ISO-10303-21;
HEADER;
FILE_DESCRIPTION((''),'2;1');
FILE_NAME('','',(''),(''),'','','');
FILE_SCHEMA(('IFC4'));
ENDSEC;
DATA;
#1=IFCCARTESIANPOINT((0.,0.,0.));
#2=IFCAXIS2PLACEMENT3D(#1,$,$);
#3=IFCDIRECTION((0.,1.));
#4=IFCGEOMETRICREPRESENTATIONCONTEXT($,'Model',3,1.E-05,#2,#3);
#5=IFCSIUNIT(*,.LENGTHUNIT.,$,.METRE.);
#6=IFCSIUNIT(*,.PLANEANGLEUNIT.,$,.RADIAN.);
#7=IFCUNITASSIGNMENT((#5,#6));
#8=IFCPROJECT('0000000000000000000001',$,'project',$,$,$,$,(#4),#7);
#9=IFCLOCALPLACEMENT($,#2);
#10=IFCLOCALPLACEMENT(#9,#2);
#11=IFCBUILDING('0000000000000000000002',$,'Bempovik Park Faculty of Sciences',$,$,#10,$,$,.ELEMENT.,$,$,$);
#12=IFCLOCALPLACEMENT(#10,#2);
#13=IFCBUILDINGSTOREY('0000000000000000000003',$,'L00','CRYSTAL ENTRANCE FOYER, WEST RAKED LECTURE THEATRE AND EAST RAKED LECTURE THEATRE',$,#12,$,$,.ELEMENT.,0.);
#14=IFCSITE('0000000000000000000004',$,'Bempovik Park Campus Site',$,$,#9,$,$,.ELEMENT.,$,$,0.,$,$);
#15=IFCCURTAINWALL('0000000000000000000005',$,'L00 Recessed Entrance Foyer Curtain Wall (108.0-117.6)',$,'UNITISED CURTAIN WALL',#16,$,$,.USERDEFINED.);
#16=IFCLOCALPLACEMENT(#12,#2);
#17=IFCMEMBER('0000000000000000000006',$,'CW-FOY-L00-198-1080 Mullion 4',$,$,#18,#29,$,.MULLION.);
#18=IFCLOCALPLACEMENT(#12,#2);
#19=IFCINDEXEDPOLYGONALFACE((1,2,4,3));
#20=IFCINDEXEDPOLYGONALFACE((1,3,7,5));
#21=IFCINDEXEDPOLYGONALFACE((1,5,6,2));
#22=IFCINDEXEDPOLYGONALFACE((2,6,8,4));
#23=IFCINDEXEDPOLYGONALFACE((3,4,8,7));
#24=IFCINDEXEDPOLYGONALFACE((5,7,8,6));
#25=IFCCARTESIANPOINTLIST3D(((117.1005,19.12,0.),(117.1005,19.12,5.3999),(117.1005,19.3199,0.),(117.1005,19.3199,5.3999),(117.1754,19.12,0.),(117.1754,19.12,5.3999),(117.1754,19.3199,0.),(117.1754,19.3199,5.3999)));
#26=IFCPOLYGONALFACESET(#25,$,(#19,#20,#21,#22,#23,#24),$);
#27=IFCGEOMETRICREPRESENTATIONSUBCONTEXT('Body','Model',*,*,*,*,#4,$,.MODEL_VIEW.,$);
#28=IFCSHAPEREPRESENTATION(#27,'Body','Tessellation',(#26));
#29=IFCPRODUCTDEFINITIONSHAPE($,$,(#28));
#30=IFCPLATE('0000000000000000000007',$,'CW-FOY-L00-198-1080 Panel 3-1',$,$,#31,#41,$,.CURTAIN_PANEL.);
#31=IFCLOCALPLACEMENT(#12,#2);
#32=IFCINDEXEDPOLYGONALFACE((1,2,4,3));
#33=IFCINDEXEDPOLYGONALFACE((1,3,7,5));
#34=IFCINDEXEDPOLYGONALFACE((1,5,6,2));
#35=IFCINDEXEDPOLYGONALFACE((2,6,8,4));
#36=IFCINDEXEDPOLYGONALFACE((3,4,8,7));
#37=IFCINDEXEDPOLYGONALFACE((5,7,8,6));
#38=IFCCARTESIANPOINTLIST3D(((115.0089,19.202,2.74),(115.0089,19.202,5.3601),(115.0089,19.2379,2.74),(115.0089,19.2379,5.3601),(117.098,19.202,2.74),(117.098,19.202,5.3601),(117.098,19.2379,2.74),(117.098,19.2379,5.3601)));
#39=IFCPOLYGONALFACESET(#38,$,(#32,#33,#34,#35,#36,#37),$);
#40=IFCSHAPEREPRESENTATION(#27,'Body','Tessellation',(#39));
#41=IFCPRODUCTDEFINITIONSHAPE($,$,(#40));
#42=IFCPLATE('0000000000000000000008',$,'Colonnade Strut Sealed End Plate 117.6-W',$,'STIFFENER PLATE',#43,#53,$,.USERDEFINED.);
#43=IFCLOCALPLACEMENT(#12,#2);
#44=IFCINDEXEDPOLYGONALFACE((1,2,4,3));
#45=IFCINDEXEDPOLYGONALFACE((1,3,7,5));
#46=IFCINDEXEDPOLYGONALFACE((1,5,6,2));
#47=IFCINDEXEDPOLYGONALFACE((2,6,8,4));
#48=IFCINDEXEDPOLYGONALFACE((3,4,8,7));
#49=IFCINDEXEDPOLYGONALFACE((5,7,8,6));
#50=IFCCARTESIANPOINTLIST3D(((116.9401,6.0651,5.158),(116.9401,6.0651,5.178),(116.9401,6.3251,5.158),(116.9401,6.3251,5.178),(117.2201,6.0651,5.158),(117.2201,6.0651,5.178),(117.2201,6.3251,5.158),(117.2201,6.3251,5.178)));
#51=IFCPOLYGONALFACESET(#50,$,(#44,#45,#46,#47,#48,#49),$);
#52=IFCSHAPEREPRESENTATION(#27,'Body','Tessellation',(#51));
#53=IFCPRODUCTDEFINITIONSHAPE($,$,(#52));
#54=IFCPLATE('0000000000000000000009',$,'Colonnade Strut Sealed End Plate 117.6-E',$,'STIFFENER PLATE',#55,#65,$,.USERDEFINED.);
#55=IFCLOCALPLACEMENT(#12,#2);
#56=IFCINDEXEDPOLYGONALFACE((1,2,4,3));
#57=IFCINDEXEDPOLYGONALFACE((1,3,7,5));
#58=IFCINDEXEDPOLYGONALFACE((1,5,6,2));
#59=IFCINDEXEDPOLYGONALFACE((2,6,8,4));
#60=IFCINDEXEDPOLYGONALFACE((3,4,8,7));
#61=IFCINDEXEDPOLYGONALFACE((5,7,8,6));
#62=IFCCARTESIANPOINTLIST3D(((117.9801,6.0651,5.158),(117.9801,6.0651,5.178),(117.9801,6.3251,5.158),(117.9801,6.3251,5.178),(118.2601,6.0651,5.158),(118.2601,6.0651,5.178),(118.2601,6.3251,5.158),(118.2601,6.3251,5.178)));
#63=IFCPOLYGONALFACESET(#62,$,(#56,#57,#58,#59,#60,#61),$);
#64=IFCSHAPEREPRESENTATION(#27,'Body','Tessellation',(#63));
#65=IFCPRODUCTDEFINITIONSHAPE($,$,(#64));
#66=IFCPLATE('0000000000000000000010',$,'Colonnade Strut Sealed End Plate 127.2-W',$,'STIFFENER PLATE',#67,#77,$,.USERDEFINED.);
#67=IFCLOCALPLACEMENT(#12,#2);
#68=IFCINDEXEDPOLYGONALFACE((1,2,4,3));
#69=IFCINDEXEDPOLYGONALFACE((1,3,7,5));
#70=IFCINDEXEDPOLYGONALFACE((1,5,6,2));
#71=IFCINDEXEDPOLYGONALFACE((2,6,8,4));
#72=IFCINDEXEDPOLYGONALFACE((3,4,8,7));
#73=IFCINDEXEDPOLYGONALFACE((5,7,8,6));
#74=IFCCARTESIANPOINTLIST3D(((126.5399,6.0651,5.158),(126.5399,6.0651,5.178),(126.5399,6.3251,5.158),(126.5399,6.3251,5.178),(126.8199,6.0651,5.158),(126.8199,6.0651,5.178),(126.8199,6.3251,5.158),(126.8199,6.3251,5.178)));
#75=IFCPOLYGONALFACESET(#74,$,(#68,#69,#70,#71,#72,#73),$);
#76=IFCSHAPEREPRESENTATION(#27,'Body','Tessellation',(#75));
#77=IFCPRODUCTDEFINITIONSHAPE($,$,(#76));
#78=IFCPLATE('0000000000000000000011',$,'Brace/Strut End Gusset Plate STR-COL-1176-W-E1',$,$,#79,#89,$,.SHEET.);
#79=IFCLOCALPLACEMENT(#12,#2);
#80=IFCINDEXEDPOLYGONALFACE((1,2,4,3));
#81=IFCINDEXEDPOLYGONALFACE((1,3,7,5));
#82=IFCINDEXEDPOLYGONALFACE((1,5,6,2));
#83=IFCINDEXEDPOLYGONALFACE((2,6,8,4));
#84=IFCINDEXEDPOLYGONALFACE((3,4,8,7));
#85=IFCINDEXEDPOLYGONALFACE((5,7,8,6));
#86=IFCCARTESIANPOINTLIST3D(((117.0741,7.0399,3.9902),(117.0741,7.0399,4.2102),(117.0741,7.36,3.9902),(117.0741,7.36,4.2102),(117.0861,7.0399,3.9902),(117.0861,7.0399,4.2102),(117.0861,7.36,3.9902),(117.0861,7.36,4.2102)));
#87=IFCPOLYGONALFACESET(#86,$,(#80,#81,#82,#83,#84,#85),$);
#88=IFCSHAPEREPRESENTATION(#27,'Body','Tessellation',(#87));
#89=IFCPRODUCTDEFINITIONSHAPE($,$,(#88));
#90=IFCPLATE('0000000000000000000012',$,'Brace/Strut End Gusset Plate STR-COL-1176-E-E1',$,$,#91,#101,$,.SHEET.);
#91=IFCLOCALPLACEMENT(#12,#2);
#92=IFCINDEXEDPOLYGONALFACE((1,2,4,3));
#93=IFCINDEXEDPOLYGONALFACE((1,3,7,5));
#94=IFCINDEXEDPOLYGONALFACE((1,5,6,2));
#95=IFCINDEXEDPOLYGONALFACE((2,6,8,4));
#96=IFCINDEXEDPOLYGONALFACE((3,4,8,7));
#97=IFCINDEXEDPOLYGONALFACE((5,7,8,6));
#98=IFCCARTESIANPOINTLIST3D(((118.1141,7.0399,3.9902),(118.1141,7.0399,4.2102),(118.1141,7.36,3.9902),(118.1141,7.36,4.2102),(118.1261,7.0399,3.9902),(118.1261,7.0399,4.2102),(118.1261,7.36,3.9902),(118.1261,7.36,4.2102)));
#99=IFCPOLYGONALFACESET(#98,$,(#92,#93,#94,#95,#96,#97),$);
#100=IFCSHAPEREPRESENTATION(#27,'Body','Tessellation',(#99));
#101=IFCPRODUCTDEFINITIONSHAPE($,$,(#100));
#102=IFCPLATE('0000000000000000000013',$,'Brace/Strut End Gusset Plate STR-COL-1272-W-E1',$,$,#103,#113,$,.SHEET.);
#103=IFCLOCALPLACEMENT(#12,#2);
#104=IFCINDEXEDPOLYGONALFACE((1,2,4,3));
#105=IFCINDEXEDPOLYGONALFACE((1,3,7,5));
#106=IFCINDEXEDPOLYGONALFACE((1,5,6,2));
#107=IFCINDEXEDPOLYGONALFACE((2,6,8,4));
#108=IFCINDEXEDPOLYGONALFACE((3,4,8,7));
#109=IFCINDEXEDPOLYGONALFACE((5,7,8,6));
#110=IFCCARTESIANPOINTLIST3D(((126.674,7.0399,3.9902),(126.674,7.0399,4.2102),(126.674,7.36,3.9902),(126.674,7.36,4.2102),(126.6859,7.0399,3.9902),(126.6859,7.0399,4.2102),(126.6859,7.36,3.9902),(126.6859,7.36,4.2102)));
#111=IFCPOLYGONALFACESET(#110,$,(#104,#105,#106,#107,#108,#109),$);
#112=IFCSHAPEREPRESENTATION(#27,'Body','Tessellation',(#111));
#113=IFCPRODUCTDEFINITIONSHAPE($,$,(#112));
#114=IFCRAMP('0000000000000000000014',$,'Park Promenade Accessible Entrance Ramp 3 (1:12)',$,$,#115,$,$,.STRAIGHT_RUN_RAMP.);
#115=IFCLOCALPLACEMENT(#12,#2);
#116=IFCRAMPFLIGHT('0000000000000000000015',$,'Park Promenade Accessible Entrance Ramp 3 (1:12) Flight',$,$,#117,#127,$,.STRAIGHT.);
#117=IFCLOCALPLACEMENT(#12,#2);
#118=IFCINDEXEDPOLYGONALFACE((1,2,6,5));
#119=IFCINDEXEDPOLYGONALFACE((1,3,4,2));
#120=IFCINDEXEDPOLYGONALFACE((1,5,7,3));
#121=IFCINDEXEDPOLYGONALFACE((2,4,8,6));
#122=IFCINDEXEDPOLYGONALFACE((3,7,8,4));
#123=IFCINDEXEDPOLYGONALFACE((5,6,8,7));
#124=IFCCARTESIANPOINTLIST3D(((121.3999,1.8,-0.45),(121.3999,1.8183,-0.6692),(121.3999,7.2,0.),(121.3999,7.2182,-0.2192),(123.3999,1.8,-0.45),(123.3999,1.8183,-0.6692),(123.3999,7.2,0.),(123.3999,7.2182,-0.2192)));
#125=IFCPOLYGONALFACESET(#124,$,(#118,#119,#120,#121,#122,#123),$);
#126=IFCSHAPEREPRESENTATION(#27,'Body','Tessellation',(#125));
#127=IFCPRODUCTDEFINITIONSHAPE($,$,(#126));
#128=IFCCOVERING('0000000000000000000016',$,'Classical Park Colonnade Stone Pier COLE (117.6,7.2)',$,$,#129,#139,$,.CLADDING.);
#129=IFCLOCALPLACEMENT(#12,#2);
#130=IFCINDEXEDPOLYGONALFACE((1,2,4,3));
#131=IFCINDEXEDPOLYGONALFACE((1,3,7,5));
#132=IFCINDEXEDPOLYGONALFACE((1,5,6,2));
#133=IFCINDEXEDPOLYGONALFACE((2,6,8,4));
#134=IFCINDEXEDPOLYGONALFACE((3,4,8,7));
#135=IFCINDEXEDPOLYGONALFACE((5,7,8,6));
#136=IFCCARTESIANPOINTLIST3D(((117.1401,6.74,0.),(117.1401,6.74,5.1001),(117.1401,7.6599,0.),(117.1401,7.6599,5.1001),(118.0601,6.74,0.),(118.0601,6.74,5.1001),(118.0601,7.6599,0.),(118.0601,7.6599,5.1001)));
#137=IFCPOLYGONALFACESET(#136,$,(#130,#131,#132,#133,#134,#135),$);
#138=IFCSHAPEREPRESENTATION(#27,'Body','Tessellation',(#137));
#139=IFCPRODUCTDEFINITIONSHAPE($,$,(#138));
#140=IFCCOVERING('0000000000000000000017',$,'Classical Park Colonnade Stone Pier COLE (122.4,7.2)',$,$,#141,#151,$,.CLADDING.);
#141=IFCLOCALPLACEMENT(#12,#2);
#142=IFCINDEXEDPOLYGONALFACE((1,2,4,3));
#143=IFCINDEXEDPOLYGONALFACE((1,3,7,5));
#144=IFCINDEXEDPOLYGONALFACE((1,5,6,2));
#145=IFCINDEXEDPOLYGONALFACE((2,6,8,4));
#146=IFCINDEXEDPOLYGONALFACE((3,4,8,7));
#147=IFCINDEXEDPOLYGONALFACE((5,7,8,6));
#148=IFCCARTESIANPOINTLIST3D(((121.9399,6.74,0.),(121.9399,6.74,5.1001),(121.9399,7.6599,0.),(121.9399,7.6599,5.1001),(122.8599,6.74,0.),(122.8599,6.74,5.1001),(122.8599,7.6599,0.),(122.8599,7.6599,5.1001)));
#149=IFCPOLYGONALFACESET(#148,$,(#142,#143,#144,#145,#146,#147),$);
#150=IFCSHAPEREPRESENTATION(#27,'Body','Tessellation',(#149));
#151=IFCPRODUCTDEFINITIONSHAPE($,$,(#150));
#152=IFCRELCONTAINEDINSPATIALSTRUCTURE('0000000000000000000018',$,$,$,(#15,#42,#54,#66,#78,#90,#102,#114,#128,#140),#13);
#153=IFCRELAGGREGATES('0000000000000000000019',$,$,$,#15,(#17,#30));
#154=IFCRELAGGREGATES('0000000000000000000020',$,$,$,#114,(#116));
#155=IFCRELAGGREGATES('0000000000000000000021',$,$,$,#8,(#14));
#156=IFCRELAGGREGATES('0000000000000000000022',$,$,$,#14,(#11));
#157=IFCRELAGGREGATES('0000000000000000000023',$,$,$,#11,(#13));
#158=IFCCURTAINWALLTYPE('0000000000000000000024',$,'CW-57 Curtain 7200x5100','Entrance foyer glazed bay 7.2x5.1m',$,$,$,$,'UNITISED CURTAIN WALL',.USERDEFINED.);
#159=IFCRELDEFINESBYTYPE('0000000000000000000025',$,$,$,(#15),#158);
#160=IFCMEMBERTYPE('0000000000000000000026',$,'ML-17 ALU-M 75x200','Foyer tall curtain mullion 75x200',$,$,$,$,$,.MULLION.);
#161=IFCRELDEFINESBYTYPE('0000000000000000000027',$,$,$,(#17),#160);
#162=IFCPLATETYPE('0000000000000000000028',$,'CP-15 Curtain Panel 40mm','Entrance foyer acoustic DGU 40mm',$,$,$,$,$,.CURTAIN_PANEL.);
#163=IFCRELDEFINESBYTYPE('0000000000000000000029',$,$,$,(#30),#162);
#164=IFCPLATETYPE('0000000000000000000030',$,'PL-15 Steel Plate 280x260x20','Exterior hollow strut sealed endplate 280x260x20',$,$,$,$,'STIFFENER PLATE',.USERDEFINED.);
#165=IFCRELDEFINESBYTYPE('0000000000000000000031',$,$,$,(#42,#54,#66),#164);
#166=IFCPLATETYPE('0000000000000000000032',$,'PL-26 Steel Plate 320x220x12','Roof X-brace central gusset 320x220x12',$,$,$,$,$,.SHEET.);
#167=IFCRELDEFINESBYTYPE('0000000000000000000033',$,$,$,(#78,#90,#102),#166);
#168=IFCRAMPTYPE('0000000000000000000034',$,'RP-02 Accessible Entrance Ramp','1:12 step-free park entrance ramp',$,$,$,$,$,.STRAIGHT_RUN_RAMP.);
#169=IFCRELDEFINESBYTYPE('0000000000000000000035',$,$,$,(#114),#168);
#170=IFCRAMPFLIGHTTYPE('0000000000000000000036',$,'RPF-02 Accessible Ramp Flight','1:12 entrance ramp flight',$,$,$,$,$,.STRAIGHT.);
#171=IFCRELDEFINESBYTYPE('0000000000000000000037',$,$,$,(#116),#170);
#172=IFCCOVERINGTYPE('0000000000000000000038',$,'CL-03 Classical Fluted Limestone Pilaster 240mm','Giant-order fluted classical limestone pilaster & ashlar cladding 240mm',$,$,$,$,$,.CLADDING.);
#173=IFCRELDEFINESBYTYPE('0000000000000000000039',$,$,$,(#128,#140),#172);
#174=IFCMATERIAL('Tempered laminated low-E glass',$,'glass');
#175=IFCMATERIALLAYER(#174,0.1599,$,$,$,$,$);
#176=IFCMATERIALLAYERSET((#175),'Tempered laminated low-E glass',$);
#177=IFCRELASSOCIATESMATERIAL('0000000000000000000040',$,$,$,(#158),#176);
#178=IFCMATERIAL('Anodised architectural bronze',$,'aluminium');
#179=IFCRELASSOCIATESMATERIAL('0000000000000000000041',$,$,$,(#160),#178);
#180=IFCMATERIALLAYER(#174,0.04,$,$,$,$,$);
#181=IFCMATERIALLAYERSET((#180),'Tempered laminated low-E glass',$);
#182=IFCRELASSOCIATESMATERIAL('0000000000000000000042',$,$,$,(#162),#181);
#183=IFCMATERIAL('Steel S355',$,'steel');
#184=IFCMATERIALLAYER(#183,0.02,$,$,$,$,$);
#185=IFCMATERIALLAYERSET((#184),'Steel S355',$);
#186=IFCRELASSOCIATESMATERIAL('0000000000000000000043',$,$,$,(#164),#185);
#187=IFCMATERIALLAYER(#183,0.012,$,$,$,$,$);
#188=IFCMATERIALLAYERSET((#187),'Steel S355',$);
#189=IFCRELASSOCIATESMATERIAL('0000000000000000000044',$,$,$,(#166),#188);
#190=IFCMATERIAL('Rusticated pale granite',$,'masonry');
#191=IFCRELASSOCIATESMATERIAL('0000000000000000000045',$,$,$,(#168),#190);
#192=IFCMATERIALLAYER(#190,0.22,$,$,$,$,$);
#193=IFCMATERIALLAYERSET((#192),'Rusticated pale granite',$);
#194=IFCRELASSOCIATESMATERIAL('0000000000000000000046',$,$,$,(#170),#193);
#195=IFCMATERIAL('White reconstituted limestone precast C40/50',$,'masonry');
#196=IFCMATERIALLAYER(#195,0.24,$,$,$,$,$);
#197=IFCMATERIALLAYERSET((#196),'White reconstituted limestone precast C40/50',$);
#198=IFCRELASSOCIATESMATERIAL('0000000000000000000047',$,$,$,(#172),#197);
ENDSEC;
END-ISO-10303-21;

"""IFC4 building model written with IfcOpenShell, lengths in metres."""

from ifc_helpers import new_model, si_unit, direction, frame, origin, origin_2d, place, context, subcontext, project, spatial, polyline, rectangle, outline, extrude, material, layer, layer_set, material_profile, profile_set, type_object, element, aggregate, save


model = new_model("IFC4")

# Units and contexts
model_context = context("Model", 3, precision=1e-05, world=origin(), true_north=direction((0.0, 1.0)))
body_context = subcontext(model_context, "Body", "Model", "MODEL_VIEW")
ifc_project = project(units=[si_unit("LENGTHUNIT", "METRE"), si_unit("PLANEANGLEUNIT", "RADIAN")], contexts=[model_context])

# Site, building, storey
site_placement = place(None, origin())
site = spatial("IfcSite", under=ifc_project, at=site_placement, Name="Bempovik Park Campus Site", CompositionType="ELEMENT", RefElevation=0.0)
building_placement = place(site_placement, origin())
building = spatial("IfcBuilding", under=site, at=building_placement, Name="Bempovik Park Faculty of Sciences", CompositionType="ELEMENT")
storey_placement = place(building_placement, origin())
storey = spatial("IfcBuildingStorey", under=building, at=storey_placement, Name="L00", Description="CRYSTAL ENTRANCE FOYER, WEST RAKED LECTURE THEATRE AND EAST RAKED LECTURE THEATRE", CompositionType="ELEMENT", Elevation=0.0)

# Shared definitions
ifc_material_1 = material(Name="Steel S355", Category="steel")

# Curtain wall, member, plate
ifc_material_2 = material(Name="Tempered laminated low-E glass", Category="glass")
ifc_layer_1 = layer(ifc_material_2, 0.1599)
ifc_layer_set_1 = layer_set([ifc_layer_1], Name="Tempered laminated low-E glass")
curtain_wall_type = type_object("IfcCurtainWallType", Name="CW-57 Curtain 7200x5100", Description="Entrance foyer glazed bay 7.2x5.1m", ElementType="UNITISED CURTAIN WALL", PredefinedType="USERDEFINED", material=ifc_layer_set_1)
curtain_wall_placement = place(storey_placement, origin())
curtain_wall = element("IfcCurtainWall", 1, at=curtain_wall_placement, inside=storey, type_object=curtain_wall_type, Name="L00 Recessed Entrance Foyer Curtain Wall (108.0-117.6)", ObjectType="UNITISED CURTAIN WALL", PredefinedType="USERDEFINED")
ifc_material_3 = material(Name="Anodised architectural bronze", Category="aluminium")
ifc_material_profile_1 = material_profile(ifc_material_3, rectangle(XDim=0.075, YDim=0.2, at=origin_2d()), Name="ALU-M 75x200")
ifc_profile_set_1 = profile_set([ifc_material_profile_1], Name="Anodised architectural bronze")
member_type_1 = type_object("IfcMemberType", Name="ML-17 ALU-M 75x200", Description="Foyer tall curtain mullion 75x200", PredefinedType="MULLION", material=ifc_profile_set_1)
member_placement = place(storey_placement, frame((117.1379, 19.22, 0.0), z_axis=(0.0, 0.0, 1.0), x_axis=(1.0, 0.0, 0.0)))
member = element("IfcMember", 2, at=member_placement, type_object=member_type_1, Name="CW-FOY-L00-198-1080 Mullion 4", PredefinedType="MULLION", context=body_context, shape_type="SweptSolid", body=[
    extrude(rectangle(XDim=0.075, YDim=0.2, at=origin_2d()), origin(), (0.0, 0.0, 1.0), 5.3999),
])
ifc_layer_2 = layer(ifc_material_2, 0.04)
ifc_layer_set_2 = layer_set([ifc_layer_2], Name="Tempered laminated low-E glass")
plate_type_1 = type_object("IfcPlateType", Name="CP-15 Curtain Panel 40mm", Description="Entrance foyer acoustic DGU 40mm", PredefinedType="CURTAIN_PANEL", material=ifc_layer_set_2)
plate_placement = place(storey_placement, frame((116.0535, 19.22, 2.74), z_axis=(0.0, 0.0, 1.0), x_axis=(1.0, 0.0, 0.0)))
plate = element("IfcPlate", 3, at=plate_placement, type_object=plate_type_1, Name="CW-FOY-L00-198-1080 Panel 3-1", PredefinedType="CURTAIN_PANEL", context=body_context, shape_type="SweptSolid", body=[
    extrude(rectangle(XDim=2.0891, YDim=0.0359, at=origin_2d()), origin(), (0.0, 0.0, 1.0), 2.6201),
])
aggregate(curtain_wall, [member, plate])

# Plates
ifc_layer_3 = layer(ifc_material_1, 0.02)
ifc_layer_set_3 = layer_set([ifc_layer_3], Name="Steel S355")
plate_type_2 = type_object("IfcPlateType", Name="PL-15 Steel Plate 280x260x20", Description="Exterior hollow strut sealed endplate 280x260x20", ElementType="STIFFENER PLATE", PredefinedType="USERDEFINED", material=ifc_layer_set_3)
for number, where, z_axis, x_axis, name in (
    (4, (117.0801, 6.1951, 5.158), (0.0, 0.0, 1.0), (1.0, 0.0, 0.0), "Colonnade Strut Sealed End Plate 117.6-W"),
    (5, (118.1201, 6.1951, 5.158), (0.0, 0.0, 1.0), (1.0, 0.0, 0.0), "Colonnade Strut Sealed End Plate 117.6-E"),
    (6, (126.6799, 6.1951, 5.158), (0.0, 0.0, 1.0), (1.0, 0.0, 0.0), "Colonnade Strut Sealed End Plate 127.2-W"),
):
    element("IfcPlate", number, at=place(storey_placement, frame(where, z_axis=z_axis, x_axis=x_axis)), inside=storey, type_object=plate_type_2, Name=name, ObjectType="STIFFENER PLATE", PredefinedType="USERDEFINED", context=body_context, shape_type="SweptSolid", body=[
        extrude(rectangle(XDim=0.28, YDim=0.26, at=origin_2d()), origin(), (0.0, 0.0, 1.0), 0.02),
    ])
ifc_layer_4 = layer(ifc_material_1, 0.012)
ifc_layer_set_4 = layer_set([ifc_layer_4], Name="Steel S355")
plate_type_3 = type_object("IfcPlateType", Name="PL-26 Steel Plate 320x220x12", Description="Roof X-brace central gusset 320x220x12", PredefinedType="SHEET", material=ifc_layer_set_4)
for number, where, z_axis, x_axis, name in (
    (7, (117.0801, 7.2, 3.9902), (0.0, 0.0, 1.0), (1.0, 0.0, 0.0), "Brace/Strut End Gusset Plate STR-COL-1176-W-E1"),
    (8, (118.1201, 7.2, 3.9902), (0.0, 0.0, 1.0), (1.0, 0.0, 0.0), "Brace/Strut End Gusset Plate STR-COL-1176-E-E1"),
    (9, (126.6799, 7.2, 3.9902), (0.0, 0.0, 1.0), (1.0, 0.0, 0.0), "Brace/Strut End Gusset Plate STR-COL-1272-W-E1"),
):
    element("IfcPlate", number, at=place(storey_placement, frame(where, z_axis=z_axis, x_axis=x_axis)), inside=storey, type_object=plate_type_3, Name=name, PredefinedType="SHEET", context=body_context, shape_type="SweptSolid", body=[
        extrude(rectangle(XDim=0.012, YDim=0.3201, at=origin_2d()), origin(), (0.0, 0.0, 1.0), 0.22),
    ])

# Ramp, ramp flight
ifc_material_4 = material(Name="Rusticated pale granite", Category="masonry")
ramp_type = type_object("IfcRampType", Name="RP-02 Accessible Entrance Ramp", Description="1:12 step-free park entrance ramp", PredefinedType="STRAIGHT_RUN_RAMP", material=ifc_material_4)
ramp_placement = place(storey_placement, origin())
ramp = element("IfcRamp", 10, at=ramp_placement, inside=storey, type_object=ramp_type, Name="Park Promenade Accessible Entrance Ramp 3 (1:12)", PredefinedType="STRAIGHT_RUN_RAMP")
ifc_layer_5 = layer(ifc_material_4, 0.22)
ifc_layer_set_5 = layer_set([ifc_layer_5], Name="Rusticated pale granite")
ramp_flight_type = type_object("IfcRampFlightType", Name="RPF-02 Accessible Ramp Flight", Description="1:12 entrance ramp flight", PredefinedType="STRAIGHT", material=ifc_layer_set_5)
ramp_flight_placement = place(storey_placement, frame((121.3999, 1.8, -0.45), z_axis=(0.0, -0.083038, 0.996546), x_axis=(1.0, 0.0, 0.0)))
ramp_flight = element("IfcRampFlight", 11, at=ramp_flight_placement, type_object=ramp_flight_type, Name="Park Promenade Accessible Entrance Ramp 3 (1:12) Flight", PredefinedType="STRAIGHT", context=body_context, shape_type="SweptSolid", body=[
    extrude(outline(polyline([(0.0, 0.0), (2.0, 0.0), (2.0, 5.4186), (0.0, 5.4186), (0.0, 0.0)])), origin(), (0.0, 0.0, -1.0), 0.22),
])
aggregate(ramp, [ramp_flight])

# Coverings
ifc_material_5 = material(Name="White reconstituted limestone precast C40/50", Category="masonry")
ifc_layer_6 = layer(ifc_material_5, 0.24)
ifc_layer_set_6 = layer_set([ifc_layer_6], Name="White reconstituted limestone precast C40/50")
covering_type = type_object("IfcCoveringType", Name="CL-03 Classical Fluted Limestone Pilaster 240mm", Description="Giant-order fluted classical limestone pilaster & ashlar cladding 240mm", PredefinedType="CLADDING", material=ifc_layer_set_6)
for number, where, z_axis, x_axis, name in (
    (12, (117.6001, 7.2, 0.0), (0.0, 0.0, 1.0), (1.0, 0.0, 0.0), "Classical Park Colonnade Stone Pier COLE (117.6,7.2)"),
    (13, (122.3999, 7.2, 0.0), (0.0, 0.0, 1.0), (1.0, 0.0, 0.0), "Classical Park Colonnade Stone Pier COLE (122.4,7.2)"),
):
    element("IfcCovering", number, at=place(storey_placement, frame(where, z_axis=z_axis, x_axis=x_axis)), inside=storey, type_object=covering_type, Name=name, PredefinedType="CLADDING", context=body_context, shape_type="SweptSolid", body=[
        extrude(rectangle(XDim=0.9199, YDim=0.9199, at=origin_2d()), origin(), (0.0, 0.0, 1.0), 5.1001),
    ])

save(model, "model.ifc")
